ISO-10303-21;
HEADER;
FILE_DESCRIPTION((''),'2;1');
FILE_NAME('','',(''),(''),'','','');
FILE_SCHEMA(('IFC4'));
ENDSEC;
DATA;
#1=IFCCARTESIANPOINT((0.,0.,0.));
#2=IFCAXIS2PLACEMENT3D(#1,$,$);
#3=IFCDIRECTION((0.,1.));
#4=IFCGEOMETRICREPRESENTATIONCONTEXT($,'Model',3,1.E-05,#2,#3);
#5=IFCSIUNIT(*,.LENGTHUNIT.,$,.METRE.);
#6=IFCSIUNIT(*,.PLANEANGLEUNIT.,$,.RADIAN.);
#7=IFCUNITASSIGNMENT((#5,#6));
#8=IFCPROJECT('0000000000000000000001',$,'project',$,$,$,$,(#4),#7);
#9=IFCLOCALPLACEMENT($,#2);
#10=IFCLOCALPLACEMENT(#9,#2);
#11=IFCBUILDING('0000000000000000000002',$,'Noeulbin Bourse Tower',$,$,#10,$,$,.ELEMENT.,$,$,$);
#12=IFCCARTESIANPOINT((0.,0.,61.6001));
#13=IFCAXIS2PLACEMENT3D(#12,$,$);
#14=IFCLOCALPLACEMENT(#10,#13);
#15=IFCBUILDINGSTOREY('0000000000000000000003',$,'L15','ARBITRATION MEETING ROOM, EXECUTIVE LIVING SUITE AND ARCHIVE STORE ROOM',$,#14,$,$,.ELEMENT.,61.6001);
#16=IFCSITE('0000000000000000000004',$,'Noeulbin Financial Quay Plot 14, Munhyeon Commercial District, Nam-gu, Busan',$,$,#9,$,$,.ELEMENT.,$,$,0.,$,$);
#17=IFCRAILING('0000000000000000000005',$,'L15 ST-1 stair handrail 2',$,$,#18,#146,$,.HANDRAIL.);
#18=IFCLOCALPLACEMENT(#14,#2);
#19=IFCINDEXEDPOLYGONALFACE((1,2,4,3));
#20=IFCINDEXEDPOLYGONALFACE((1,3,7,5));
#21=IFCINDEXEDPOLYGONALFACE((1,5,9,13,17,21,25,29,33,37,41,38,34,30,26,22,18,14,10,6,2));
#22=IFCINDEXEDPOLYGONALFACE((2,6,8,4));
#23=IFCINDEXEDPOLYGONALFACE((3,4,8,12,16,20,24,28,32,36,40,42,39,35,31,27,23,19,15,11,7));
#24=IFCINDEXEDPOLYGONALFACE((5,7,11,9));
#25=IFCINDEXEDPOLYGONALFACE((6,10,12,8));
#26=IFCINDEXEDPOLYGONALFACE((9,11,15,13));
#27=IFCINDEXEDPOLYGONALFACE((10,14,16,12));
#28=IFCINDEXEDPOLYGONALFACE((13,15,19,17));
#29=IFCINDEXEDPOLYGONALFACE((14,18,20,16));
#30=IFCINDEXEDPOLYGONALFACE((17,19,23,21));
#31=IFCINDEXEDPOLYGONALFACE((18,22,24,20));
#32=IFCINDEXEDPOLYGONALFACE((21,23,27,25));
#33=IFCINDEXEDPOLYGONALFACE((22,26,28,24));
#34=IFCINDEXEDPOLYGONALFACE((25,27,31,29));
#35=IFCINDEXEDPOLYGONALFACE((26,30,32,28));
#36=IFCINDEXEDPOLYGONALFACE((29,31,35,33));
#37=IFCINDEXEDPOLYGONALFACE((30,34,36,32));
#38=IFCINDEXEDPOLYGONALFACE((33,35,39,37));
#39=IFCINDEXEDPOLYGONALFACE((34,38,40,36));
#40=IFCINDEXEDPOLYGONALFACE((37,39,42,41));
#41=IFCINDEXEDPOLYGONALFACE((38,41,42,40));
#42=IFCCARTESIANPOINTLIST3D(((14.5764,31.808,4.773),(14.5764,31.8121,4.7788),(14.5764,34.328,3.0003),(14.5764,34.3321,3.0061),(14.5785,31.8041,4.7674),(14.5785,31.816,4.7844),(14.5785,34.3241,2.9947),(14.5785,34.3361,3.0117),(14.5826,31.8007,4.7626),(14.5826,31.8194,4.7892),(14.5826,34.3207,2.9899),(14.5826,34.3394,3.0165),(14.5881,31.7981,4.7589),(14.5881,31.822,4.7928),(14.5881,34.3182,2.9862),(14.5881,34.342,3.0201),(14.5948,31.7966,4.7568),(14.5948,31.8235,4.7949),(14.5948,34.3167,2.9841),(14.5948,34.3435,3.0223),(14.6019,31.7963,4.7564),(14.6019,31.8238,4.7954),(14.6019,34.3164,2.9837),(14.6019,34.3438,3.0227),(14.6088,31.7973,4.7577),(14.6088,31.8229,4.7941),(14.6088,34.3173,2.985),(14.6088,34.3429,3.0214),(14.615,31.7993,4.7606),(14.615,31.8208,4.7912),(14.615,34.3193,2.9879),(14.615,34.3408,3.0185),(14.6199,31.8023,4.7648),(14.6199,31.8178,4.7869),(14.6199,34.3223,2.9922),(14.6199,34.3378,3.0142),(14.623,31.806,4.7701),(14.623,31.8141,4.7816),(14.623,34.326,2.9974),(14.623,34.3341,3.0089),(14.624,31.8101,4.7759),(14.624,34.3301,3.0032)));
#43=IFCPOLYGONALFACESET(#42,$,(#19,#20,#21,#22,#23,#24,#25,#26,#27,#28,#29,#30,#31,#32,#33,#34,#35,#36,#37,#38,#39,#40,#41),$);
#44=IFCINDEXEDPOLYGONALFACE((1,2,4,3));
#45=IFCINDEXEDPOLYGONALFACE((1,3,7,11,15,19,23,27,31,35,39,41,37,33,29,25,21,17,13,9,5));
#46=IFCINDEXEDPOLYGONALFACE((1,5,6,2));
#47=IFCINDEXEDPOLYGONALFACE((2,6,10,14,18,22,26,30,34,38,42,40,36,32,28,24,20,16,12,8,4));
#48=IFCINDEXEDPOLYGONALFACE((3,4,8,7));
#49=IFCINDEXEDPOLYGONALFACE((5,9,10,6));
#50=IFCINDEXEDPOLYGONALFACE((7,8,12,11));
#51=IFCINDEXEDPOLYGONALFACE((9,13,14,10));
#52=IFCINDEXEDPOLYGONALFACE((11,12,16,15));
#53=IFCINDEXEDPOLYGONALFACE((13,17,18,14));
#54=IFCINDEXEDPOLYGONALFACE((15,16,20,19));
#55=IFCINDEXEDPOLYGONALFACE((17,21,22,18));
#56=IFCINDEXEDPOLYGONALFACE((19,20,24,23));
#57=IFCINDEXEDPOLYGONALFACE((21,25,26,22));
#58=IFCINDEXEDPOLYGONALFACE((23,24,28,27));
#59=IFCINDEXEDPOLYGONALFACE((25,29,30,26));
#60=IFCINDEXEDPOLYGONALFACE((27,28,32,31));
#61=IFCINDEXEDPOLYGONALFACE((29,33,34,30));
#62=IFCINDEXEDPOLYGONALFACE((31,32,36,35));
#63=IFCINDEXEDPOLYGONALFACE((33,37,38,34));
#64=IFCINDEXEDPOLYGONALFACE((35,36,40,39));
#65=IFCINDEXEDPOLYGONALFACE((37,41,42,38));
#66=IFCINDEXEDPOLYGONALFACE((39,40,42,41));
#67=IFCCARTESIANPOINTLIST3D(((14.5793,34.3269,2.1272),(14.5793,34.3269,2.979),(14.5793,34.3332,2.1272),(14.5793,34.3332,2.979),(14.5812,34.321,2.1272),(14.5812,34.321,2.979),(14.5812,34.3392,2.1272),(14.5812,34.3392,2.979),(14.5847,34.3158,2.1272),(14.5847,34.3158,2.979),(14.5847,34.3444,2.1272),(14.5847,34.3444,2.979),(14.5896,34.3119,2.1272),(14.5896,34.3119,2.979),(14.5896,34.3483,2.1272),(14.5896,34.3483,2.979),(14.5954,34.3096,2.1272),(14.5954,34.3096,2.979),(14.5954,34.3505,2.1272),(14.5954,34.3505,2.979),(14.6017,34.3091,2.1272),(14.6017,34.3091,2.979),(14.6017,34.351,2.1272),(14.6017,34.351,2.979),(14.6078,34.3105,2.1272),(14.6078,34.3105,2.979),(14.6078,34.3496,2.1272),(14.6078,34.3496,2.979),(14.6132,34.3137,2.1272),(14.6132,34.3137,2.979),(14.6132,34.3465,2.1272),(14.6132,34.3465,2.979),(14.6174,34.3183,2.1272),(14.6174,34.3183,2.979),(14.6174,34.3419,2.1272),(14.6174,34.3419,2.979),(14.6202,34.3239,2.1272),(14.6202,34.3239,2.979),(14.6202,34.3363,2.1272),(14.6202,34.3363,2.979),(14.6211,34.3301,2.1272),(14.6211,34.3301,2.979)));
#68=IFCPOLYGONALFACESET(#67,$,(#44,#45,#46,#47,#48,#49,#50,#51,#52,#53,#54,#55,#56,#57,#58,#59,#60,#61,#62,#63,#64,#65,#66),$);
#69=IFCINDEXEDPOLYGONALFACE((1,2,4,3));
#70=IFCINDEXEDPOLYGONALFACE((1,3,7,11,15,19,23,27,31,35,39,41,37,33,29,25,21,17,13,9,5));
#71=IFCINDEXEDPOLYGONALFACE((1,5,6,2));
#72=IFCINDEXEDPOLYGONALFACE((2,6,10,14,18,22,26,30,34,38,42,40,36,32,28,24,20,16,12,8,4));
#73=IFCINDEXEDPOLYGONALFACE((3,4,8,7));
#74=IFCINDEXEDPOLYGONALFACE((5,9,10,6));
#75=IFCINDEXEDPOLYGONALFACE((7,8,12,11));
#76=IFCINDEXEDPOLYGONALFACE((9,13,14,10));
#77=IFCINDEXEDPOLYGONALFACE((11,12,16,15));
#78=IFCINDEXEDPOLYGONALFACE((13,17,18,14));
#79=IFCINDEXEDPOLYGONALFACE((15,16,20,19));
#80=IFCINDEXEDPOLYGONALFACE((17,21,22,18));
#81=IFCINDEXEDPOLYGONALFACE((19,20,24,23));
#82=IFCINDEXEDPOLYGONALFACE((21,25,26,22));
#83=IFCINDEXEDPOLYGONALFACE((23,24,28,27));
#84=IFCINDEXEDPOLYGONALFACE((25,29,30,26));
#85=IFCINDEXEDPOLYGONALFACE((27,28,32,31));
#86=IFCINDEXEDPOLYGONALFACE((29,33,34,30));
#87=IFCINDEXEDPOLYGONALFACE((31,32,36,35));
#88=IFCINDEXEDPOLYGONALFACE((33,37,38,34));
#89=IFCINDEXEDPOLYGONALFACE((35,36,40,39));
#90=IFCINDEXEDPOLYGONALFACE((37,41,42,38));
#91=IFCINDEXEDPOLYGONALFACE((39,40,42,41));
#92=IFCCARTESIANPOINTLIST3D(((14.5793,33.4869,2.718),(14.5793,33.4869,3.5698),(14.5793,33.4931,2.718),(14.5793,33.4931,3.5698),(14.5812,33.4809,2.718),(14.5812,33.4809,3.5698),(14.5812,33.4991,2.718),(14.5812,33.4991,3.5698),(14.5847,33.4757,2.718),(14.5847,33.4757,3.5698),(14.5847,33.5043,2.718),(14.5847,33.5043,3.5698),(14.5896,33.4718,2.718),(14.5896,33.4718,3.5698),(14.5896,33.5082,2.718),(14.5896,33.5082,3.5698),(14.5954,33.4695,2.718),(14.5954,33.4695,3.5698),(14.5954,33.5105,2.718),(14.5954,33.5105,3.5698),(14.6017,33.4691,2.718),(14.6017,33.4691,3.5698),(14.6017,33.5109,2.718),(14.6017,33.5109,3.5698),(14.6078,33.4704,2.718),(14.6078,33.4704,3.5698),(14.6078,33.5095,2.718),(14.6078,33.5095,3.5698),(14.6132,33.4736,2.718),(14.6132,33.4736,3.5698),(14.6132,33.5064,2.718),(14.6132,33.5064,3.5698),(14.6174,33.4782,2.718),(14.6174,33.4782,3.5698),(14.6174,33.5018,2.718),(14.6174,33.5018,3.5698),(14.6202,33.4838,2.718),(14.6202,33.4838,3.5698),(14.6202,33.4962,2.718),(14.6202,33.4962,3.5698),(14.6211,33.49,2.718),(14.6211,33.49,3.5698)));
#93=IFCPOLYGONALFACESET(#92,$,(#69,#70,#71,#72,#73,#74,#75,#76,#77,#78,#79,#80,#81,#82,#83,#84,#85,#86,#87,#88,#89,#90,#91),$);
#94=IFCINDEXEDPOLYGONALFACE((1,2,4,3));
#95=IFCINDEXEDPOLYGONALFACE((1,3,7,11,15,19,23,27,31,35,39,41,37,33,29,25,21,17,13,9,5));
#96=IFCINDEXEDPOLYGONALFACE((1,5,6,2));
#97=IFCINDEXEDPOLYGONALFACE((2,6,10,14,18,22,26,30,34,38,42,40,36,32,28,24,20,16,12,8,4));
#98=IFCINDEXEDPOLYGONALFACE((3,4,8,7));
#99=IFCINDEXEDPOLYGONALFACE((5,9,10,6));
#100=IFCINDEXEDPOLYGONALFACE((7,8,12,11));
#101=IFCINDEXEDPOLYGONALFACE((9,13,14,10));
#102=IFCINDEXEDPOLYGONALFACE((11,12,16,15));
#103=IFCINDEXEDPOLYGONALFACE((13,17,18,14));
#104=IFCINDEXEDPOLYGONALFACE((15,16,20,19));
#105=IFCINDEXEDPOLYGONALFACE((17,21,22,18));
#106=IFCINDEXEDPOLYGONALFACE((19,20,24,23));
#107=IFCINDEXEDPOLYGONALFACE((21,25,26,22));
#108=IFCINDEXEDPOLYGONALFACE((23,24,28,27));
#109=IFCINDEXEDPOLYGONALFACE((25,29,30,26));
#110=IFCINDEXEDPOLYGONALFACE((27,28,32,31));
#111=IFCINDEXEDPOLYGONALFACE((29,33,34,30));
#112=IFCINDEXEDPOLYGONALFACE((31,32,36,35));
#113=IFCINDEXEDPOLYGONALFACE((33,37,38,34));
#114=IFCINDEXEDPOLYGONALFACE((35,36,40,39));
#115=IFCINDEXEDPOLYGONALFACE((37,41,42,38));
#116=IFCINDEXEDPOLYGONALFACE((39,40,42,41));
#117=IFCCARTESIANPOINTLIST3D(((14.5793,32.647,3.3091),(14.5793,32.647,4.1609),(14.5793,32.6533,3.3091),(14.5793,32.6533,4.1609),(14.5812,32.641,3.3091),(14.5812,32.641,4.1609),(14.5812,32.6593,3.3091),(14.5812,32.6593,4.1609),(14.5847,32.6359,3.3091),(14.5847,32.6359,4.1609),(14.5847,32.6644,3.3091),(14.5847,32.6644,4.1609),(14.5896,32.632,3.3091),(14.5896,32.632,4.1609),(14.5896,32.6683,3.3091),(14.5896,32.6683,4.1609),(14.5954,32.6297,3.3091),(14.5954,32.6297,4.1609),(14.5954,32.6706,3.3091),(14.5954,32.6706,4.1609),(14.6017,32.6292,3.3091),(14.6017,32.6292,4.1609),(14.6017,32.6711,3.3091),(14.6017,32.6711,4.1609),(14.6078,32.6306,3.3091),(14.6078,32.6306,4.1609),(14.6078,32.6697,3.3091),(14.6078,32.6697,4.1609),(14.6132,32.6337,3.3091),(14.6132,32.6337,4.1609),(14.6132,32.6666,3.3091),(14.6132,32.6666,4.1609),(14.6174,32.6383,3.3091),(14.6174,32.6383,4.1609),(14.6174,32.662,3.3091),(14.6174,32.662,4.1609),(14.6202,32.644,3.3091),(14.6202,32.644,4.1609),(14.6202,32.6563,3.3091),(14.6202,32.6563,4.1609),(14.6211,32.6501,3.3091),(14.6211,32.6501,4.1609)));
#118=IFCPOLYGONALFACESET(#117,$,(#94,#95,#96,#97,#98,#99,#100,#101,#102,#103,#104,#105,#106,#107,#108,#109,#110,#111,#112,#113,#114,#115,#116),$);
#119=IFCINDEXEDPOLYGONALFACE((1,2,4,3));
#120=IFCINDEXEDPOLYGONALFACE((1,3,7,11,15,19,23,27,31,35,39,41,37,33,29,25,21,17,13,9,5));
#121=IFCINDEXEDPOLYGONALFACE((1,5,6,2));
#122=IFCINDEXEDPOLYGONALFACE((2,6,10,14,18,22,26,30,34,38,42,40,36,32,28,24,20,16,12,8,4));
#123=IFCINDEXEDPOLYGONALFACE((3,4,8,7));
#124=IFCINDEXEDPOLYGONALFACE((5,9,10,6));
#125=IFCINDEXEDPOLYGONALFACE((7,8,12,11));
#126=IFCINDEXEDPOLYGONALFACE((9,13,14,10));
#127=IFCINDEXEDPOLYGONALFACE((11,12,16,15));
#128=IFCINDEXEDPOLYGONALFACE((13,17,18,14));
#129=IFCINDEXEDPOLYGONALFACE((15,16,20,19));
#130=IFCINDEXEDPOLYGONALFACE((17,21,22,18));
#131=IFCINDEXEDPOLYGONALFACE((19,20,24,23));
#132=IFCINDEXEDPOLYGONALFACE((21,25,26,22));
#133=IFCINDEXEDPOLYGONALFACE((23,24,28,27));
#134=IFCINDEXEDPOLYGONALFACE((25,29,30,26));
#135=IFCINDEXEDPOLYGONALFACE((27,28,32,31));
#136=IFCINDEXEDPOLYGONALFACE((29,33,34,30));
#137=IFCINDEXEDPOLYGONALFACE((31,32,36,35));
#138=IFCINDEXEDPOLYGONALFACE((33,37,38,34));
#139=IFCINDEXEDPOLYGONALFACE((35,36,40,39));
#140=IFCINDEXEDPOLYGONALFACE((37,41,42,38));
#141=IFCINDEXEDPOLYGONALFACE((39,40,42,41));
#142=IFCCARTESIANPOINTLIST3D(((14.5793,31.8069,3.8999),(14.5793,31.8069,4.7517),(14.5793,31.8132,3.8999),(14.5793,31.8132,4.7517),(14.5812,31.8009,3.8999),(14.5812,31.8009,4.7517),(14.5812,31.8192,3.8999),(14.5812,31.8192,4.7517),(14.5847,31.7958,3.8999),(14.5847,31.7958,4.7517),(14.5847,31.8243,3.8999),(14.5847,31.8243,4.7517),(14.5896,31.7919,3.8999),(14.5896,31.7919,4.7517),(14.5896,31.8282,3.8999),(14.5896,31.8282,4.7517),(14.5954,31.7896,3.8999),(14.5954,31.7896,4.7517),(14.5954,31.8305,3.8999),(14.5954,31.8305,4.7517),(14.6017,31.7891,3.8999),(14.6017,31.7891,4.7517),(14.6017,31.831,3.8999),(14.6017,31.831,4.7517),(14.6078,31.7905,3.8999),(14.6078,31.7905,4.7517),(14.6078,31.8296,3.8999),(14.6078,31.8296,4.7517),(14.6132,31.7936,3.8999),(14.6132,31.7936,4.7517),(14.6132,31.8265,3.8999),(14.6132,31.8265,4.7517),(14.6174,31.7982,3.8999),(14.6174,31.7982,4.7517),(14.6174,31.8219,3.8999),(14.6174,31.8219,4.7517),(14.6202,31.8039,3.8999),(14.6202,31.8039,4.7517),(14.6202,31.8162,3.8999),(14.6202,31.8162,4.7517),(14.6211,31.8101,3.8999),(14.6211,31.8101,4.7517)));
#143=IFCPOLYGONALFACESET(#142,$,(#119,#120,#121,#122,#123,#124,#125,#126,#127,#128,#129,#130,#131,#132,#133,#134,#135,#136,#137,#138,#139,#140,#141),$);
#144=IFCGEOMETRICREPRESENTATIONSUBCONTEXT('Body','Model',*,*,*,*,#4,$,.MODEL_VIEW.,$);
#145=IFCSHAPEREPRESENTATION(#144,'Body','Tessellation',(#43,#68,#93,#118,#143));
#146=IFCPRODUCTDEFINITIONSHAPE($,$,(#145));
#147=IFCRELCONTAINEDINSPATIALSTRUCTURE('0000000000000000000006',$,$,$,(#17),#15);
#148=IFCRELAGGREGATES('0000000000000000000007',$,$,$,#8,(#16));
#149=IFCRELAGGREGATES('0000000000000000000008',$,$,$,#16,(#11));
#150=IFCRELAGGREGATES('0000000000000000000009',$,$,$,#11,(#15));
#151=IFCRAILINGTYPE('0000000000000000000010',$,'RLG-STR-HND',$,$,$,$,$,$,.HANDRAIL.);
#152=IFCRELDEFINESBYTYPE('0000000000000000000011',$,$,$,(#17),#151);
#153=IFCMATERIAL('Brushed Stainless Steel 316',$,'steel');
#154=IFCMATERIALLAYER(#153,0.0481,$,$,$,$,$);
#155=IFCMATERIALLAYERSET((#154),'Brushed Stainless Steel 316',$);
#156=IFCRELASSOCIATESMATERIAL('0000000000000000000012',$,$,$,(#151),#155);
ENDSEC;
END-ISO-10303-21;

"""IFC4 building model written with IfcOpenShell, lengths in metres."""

from ifc_helpers import new_model, si_unit, direction, frame, origin, origin_2d, place, context, subcontext, project, spatial, circle, extrude, material, layer, layer_set, type_object, element, save


model = new_model("IFC4")

# Units and contexts
model_context = context("Model", 3, precision=1e-05, world=origin(), true_north=direction((0.0, 1.0)))
body_context = subcontext(model_context, "Body", "Model", "MODEL_VIEW")
ifc_project = project(units=[si_unit("LENGTHUNIT", "METRE"), si_unit("PLANEANGLEUNIT", "RADIAN")], contexts=[model_context])

# Site, building, storey
site_placement = place(None, origin())
site = spatial("IfcSite", under=ifc_project, at=site_placement, Name="Noeulbin Financial Quay Plot 14, Munhyeon Commercial District, Nam-gu, Busan", CompositionType="ELEMENT", RefElevation=0.0)
building_placement = place(site_placement, origin())
building = spatial("IfcBuilding", under=site, at=building_placement, Name="Noeulbin Bourse Tower", CompositionType="ELEMENT")
storey_placement = place(building_placement, frame((0.0, 0.0, 61.6001)))
storey = spatial("IfcBuildingStorey", under=building, at=storey_placement, Name="L15", Description="ARBITRATION MEETING ROOM, EXECUTIVE LIVING SUITE AND ARCHIVE STORE ROOM", CompositionType="ELEMENT", Elevation=61.6001)

# Shared definitions
ifc_material_1 = material(Name="Brushed Stainless Steel 316", Category="steel")

# Railing
ifc_layer_1 = layer(ifc_material_1, 0.0481)
ifc_layer_set_1 = layer_set([ifc_layer_1], Name="Brushed Stainless Steel 316")
railing_type_1 = type_object("IfcRailingType", Name="RLG-STR-HND", PredefinedType="HANDRAIL", material=ifc_layer_set_1)
railing_1_placement = place(storey_placement, frame((14.6001, 34.3301, 2.1272)))
element("IfcRailing", 1, at=railing_1_placement, inside=storey, type_object=railing_type_1, Name="L15 ST-1 stair handrail 2", PredefinedType="HANDRAIL", context=body_context, shape_type="SweptSolid", body=[
    extrude(circle(Radius=0.0239, at=origin_2d()), frame((0.0, 0.0, 0.876), z_axis=(0.0, -0.817904, 0.575354), x_axis=(1.0, 0.0, 0.0)), (0.0, 0.0, 1.0), 3.0811),
    extrude(circle(Radius=0.021, at=origin_2d()), origin(), (0.0, 0.0, 1.0), 0.8518),
    extrude(circle(Radius=0.021, at=origin_2d()), frame((0.0, -0.8401, 0.5908)), (0.0, 0.0, 1.0), 0.8518),
    extrude(circle(Radius=0.021, at=origin_2d()), frame((0.0, -1.6799, 1.1819)), (0.0, 0.0, 1.0), 0.8518),
    extrude(circle(Radius=0.021, at=origin_2d()), frame((0.0, -2.52, 1.7727)), (0.0, 0.0, 1.0), 0.8518),
])

save(model, "model.ifc")
